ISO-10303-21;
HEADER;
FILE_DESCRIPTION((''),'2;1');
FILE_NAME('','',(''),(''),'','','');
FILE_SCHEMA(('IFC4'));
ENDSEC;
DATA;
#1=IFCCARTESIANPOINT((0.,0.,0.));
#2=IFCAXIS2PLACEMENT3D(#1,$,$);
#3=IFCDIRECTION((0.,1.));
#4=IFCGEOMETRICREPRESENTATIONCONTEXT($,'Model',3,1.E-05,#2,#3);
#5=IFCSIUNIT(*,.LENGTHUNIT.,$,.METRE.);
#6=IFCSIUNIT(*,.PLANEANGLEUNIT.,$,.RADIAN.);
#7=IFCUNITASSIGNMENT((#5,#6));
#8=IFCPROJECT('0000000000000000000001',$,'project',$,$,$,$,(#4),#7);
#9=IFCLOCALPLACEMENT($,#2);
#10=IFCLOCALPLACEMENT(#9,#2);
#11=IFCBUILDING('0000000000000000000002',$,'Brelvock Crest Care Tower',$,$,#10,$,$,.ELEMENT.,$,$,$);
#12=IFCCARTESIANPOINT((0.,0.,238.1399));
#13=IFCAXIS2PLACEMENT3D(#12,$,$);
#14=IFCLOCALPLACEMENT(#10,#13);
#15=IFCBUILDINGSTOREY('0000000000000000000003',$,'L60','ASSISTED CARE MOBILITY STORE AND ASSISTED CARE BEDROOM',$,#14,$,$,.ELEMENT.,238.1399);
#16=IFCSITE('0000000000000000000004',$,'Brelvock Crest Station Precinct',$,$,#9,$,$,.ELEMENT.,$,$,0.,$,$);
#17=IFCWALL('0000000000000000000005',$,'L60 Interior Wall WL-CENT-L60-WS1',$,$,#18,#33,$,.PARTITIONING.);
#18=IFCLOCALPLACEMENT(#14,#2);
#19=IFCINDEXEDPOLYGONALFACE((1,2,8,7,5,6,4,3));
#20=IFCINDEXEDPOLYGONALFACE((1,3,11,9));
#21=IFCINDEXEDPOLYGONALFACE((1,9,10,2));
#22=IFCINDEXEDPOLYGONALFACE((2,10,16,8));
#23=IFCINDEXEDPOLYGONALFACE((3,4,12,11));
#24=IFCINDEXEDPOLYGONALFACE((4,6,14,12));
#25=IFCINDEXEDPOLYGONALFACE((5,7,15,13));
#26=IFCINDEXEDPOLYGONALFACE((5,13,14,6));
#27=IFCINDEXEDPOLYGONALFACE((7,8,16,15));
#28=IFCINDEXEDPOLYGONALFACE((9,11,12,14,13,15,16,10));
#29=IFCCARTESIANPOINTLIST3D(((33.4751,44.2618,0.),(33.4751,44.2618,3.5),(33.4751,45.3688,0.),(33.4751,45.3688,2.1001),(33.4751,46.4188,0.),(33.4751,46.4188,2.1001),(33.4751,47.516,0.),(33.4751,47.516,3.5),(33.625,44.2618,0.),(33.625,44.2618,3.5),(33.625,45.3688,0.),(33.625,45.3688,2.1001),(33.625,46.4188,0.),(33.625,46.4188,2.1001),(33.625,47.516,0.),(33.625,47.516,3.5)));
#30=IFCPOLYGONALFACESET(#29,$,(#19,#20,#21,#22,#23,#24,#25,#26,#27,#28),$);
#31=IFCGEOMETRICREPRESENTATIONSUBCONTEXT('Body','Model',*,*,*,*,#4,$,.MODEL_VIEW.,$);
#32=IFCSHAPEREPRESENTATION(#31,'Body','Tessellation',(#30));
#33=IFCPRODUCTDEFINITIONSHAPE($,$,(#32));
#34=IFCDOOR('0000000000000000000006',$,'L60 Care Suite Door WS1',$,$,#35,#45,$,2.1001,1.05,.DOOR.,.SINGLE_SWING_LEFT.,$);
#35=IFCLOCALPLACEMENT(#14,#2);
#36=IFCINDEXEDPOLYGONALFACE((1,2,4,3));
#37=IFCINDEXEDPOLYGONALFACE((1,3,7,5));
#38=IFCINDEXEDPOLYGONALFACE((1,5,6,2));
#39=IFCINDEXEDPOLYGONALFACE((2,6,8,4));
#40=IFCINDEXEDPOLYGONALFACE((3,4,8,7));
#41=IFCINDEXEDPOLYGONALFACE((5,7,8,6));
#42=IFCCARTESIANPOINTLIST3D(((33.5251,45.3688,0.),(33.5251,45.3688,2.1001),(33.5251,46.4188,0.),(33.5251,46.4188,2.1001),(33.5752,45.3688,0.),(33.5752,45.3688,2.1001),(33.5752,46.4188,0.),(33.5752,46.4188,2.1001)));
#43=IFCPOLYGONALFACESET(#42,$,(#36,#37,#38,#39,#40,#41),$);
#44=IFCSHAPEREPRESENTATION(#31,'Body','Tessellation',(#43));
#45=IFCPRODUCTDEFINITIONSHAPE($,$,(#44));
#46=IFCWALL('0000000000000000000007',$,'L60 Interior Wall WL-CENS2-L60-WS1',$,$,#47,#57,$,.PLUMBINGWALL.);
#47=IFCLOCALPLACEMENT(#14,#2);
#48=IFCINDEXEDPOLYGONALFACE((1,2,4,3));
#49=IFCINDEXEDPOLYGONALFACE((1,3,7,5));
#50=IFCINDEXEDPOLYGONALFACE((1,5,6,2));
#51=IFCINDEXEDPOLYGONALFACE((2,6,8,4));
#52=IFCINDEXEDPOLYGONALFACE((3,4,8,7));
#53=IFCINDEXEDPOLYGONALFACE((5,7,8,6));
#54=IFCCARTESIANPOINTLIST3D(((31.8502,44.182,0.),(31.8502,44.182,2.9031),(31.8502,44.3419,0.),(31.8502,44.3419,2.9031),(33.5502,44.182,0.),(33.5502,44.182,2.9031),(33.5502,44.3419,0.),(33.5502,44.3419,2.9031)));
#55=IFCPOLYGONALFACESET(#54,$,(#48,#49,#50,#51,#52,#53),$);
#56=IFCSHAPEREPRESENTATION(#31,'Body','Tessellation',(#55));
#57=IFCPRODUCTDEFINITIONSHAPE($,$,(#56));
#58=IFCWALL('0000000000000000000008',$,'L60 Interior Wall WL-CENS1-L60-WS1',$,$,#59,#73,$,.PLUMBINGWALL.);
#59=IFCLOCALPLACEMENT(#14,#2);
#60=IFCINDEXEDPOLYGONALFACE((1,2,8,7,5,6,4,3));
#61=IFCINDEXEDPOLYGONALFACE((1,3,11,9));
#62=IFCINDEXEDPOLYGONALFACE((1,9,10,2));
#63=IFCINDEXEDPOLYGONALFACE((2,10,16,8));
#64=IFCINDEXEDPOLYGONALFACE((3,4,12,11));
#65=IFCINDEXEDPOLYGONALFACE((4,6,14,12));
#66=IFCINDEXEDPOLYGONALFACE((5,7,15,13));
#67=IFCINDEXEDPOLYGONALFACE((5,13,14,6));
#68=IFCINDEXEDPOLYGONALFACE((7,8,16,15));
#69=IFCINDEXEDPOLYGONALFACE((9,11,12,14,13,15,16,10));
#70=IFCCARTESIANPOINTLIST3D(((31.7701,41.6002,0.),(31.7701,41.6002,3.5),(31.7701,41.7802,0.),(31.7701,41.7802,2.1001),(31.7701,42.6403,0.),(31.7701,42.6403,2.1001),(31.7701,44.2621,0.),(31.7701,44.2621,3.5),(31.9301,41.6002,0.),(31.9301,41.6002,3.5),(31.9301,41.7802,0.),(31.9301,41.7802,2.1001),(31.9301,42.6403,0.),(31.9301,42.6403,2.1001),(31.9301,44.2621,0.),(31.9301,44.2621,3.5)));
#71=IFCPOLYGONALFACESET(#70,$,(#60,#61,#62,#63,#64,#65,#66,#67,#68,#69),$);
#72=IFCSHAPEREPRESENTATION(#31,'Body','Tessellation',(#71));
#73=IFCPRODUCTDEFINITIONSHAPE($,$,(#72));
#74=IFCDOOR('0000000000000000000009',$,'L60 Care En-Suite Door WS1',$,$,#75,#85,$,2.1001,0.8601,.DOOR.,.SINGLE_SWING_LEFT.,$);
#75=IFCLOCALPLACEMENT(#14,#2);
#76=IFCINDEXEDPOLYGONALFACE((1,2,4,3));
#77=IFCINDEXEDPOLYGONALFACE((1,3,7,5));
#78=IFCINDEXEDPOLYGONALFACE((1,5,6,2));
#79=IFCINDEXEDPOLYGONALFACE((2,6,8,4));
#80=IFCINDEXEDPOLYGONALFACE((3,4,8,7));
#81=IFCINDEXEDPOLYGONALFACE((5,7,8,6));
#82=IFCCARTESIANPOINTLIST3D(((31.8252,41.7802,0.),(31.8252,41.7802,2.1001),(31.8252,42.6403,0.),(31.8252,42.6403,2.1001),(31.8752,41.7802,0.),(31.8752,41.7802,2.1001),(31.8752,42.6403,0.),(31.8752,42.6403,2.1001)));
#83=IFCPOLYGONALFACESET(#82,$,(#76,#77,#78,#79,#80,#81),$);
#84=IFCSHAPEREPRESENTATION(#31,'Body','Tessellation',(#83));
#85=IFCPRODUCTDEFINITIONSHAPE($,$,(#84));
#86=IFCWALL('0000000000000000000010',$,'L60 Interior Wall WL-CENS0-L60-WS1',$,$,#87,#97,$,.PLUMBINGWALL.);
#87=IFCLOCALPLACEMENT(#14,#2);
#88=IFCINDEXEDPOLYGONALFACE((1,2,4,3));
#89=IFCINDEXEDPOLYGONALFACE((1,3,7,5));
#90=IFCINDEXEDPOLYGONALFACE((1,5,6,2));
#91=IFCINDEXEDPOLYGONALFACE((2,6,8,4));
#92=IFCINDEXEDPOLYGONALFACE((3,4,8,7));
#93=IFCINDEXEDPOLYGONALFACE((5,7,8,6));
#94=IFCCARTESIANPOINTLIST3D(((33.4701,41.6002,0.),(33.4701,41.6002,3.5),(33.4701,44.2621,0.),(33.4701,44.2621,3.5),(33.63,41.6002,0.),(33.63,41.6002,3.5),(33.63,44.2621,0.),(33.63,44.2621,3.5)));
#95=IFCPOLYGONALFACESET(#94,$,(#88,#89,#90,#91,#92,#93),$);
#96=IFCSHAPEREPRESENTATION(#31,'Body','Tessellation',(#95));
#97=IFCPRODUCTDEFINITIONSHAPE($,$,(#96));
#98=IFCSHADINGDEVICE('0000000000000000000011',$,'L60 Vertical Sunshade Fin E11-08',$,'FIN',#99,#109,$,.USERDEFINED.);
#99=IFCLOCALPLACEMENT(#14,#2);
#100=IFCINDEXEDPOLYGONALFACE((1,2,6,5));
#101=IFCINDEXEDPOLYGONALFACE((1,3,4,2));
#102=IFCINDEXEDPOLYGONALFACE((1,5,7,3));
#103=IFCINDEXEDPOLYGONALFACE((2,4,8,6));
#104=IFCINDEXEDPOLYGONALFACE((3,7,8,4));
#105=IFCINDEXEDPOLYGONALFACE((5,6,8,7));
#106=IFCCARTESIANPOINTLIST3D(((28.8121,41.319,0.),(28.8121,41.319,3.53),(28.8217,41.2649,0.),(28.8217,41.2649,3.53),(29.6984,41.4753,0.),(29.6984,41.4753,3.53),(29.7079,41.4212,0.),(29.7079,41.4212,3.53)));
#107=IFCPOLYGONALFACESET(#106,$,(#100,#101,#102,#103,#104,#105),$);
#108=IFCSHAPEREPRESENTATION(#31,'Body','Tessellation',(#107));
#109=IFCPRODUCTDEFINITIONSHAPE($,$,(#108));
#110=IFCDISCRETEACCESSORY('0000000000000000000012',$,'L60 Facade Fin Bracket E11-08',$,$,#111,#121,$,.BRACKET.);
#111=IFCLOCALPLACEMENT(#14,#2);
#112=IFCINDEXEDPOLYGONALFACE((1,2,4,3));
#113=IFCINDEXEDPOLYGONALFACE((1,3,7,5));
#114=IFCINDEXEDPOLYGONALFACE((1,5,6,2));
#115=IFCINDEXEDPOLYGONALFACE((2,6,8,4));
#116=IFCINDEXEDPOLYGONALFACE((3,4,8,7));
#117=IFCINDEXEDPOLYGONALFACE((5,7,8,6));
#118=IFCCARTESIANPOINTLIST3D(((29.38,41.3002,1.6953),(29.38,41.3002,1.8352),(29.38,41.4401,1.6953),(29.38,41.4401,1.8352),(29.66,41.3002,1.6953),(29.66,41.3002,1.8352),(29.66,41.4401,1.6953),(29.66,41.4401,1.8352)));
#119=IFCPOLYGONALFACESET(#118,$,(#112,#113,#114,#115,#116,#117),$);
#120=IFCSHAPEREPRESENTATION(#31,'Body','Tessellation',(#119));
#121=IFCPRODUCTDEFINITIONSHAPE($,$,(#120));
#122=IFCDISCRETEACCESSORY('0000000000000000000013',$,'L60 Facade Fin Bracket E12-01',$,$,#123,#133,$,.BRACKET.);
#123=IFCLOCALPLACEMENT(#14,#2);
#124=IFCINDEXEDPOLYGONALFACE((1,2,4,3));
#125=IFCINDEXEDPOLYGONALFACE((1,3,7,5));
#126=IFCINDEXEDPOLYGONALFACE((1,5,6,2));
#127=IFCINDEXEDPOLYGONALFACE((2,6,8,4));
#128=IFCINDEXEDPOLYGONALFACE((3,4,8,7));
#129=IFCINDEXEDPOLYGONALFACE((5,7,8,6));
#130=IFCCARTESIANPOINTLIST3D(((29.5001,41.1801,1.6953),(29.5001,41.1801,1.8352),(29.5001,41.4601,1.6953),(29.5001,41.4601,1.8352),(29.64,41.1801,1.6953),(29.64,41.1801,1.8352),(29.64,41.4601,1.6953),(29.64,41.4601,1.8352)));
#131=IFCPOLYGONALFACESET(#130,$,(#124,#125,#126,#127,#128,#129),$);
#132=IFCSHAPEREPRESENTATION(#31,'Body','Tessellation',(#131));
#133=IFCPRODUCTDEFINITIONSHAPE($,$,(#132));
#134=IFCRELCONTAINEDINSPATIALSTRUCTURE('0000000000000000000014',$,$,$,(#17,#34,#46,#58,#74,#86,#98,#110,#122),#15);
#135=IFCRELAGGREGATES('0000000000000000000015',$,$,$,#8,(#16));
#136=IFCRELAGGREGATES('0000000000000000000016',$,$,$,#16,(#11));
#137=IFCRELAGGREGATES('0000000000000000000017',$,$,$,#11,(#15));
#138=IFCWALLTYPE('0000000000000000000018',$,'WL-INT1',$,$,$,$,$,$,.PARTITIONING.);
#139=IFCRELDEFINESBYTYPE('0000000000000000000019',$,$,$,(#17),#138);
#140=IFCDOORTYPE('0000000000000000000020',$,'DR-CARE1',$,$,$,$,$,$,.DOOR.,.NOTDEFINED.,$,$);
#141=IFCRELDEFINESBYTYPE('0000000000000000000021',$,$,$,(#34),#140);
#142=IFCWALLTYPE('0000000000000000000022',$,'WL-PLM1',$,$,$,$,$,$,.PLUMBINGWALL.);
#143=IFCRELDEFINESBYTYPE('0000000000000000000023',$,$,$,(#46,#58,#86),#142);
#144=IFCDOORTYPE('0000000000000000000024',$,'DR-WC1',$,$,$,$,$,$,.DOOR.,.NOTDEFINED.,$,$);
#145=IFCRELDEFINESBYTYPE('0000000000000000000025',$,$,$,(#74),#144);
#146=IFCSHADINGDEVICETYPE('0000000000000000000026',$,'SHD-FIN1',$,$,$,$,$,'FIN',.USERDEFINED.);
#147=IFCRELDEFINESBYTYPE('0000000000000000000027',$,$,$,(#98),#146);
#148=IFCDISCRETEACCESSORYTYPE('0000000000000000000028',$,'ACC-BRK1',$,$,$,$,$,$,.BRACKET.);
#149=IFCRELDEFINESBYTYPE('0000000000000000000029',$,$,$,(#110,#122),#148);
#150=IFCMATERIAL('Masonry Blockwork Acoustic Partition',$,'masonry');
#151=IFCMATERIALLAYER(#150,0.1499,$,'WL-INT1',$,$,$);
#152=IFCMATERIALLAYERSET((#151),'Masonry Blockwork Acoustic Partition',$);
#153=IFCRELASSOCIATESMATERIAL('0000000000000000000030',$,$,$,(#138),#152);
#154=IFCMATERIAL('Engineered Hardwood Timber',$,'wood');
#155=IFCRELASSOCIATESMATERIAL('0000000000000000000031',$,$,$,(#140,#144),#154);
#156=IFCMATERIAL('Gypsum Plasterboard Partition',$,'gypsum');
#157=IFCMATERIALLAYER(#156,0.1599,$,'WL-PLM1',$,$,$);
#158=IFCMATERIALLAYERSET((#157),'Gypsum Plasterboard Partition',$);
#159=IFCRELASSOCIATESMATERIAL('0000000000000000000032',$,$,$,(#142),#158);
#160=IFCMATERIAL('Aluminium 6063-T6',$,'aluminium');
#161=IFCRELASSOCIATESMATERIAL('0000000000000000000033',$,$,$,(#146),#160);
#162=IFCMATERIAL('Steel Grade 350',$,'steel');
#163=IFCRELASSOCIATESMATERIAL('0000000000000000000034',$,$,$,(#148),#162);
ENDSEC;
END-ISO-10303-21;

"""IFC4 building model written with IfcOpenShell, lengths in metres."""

from ifc_helpers import new_model, si_unit, direction, frame, frame_2d, origin, origin_2d, place, context, subcontext, project, spatial, rectangle, extrude, source, transform, mapped, material, layer, layer_set, material_profile, profile_set, type_object, element, fill, save


model = new_model("IFC4")

# Units and contexts
model_context = context("Model", 3, precision=1e-05, world=origin(), true_north=direction((0.0, 1.0)))
body_context = subcontext(model_context, "Body", "Model", "MODEL_VIEW")
ifc_project = project(units=[si_unit("LENGTHUNIT", "METRE"), si_unit("PLANEANGLEUNIT", "RADIAN")], contexts=[model_context])

# Site, building, storey
site_placement = place(None, origin())
site = spatial("IfcSite", under=ifc_project, at=site_placement, Name="Brelvock Crest Station Precinct", CompositionType="ELEMENT", RefElevation=0.0)
building_placement = place(site_placement, origin())
building = spatial("IfcBuilding", under=site, at=building_placement, Name="Brelvock Crest Care Tower", CompositionType="ELEMENT")
storey_placement = place(building_placement, frame((0.0, 0.0, 238.1399)))
storey = spatial("IfcBuildingStorey", under=building, at=storey_placement, Name="L60", Description="ASSISTED CARE MOBILITY STORE AND ASSISTED CARE BEDROOM", CompositionType="ELEMENT", Elevation=238.1399)

# Shared definitions
ifc_material_1 = material(Name="Steel Grade 350", Category="steel")

# Shared definitions
ifc_material_2 = material(Name="Aluminium 6063-T6", Category="aluminium")

# Shared definitions
ifc_material_3 = material(Name="Masonry Blockwork Acoustic Partition", Category="masonry")
ifc_layer_1 = layer(ifc_material_3, 0.1499, Name="WL-INT1")
ifc_layer_set_1 = layer_set([ifc_layer_1], Name="Masonry Blockwork Acoustic Partition")
wall_type_1 = type_object("IfcWallType", Name="WL-INT1", PredefinedType="PARTITIONING", material=ifc_layer_set_1)

# Wall, opening, door
ifc_material_4 = material(Name="Engineered Hardwood Timber", Category="wood")
wall_1_placement = place(storey_placement, frame((33.55, 44.262, 0.0), z_axis=(0.0, 0.0, 1.0), x_axis=(0.0, 1.0, 0.0)))
wall_1 = element("IfcWall", 1, at=wall_1_placement, inside=storey, type_object=wall_type_1, Name="L60 Interior Wall WL-CENT-L60-WS1", PredefinedType="PARTITIONING", context=body_context, shape_type="SweptSolid", body=[
    extrude(rectangle(XDim=3.2542, YDim=0.1499, at=frame_2d((1.627, 0.0))), origin(), (0.0, 0.0, 1.0), 3.5),
])
opening_1_placement = place(wall_1_placement, frame((1.1069, 0.0, 0.0)))
opening_1 = element("IfcOpeningElement", 2, at=opening_1_placement, cuts=wall_1, PredefinedType="OPENING", context=body_context, shape_type="SweptSolid", body=[
    extrude(rectangle(XDim=1.05, YDim=2.1001, at=origin_2d()), frame((0.5249, 0.085, 1.05), z_axis=(0.0, -1.0, 0.0), x_axis=(1.0, 0.0, 0.0)), (0.0, 0.0, 1.0), 0.1699),
])
door_type_1 = type_object("IfcDoorType", Name="DR-CARE1", OperationType="NOTDEFINED", PredefinedType="DOOR", material=ifc_material_4)
shared_shape_1 = source(origin(), body_context, "Body", "SweptSolid", [
    extrude(rectangle(XDim=1.05, YDim=2.1001, at=origin_2d()), frame((0.5249, 0.0249, 1.05), z_axis=(0.0, -1.0, 0.0), x_axis=(1.0, 0.0, 0.0)), (0.0, 0.0, 1.0), 0.05),
])
door_1_placement = place(opening_1_placement, origin())
door_1 = element("IfcDoor", 3, at=door_1_placement, inside=storey, type_object=door_type_1, Name="L60 Care Suite Door WS1", OperationType="SINGLE_SWING_LEFT", OverallHeight=2.1001, OverallWidth=1.05, PredefinedType="DOOR", context=body_context, shape_type="MappedRepresentation", body=[
    mapped(shared_shape_1, transform((0.0, 0.0, 0.0), x_axis=(1.0, 0.0, 0.0), y_axis=(0.0, 1.0, 0.0), z_axis=(0.0, 0.0, 1.0), scale=1.0)),
])
fill(opening_1, door_1)

# Wall
ifc_material_5 = material(Name="Gypsum Plasterboard Partition", Category="gypsum")
ifc_layer_2 = layer(ifc_material_5, 0.1599, Name="WL-PLM1")
ifc_layer_set_2 = layer_set([ifc_layer_2], Name="Gypsum Plasterboard Partition")
wall_type_2 = type_object("IfcWallType", Name="WL-PLM1", PredefinedType="PLUMBINGWALL", material=ifc_layer_set_2)
wall_2_placement = place(storey_placement, frame((31.8501, 44.262, 0.0), z_axis=(0.0, 0.0, 1.0), x_axis=(1.0, 0.0, 0.0)))
element("IfcWall", 4, at=wall_2_placement, inside=storey, type_object=wall_type_2, Name="L60 Interior Wall WL-CENS2-L60-WS1", PredefinedType="PLUMBINGWALL", context=body_context, shape_type="SweptSolid", body=[
    extrude(rectangle(XDim=1.7, YDim=0.1599, at=frame_2d((0.8501, 0.0))), origin(), (0.0, 0.0, 1.0), 2.9031),
])

# Wall, opening, door
wall_3_placement = place(storey_placement, frame((31.8501, 41.6001, 0.0), z_axis=(0.0, 0.0, 1.0), x_axis=(0.0, 1.0, 0.0)))
wall_3 = element("IfcWall", 5, at=wall_3_placement, inside=storey, type_object=wall_type_2, Name="L60 Interior Wall WL-CENS1-L60-WS1", PredefinedType="PLUMBINGWALL", context=body_context, shape_type="SweptSolid", body=[
    extrude(rectangle(XDim=2.6619, YDim=0.1599, at=frame_2d((1.3311, 0.0))), origin(), (0.0, 0.0, 1.0), 3.5),
])
opening_2_placement = place(wall_3_placement, frame((0.1799, 0.0, 0.0)))
opening_2 = element("IfcOpeningElement", 6, at=opening_2_placement, cuts=wall_3, PredefinedType="OPENING", context=body_context, shape_type="SweptSolid", body=[
    extrude(rectangle(XDim=0.8601, YDim=2.1001, at=origin_2d()), frame((0.4302, 0.0898, 1.05), z_axis=(0.0, -1.0, 0.0), x_axis=(1.0, 0.0, 0.0)), (0.0, 0.0, 1.0), 0.1799),
])
door_type_2 = type_object("IfcDoorType", Name="DR-WC1", OperationType="NOTDEFINED", PredefinedType="DOOR", material=ifc_material_4)
shared_shape_2 = source(origin(), body_context, "Body", "SweptSolid", [
    extrude(rectangle(XDim=0.8601, YDim=2.1001, at=origin_2d()), frame((0.4302, 0.0249, 1.05), z_axis=(0.0, -1.0, 0.0), x_axis=(1.0, 0.0, 0.0)), (0.0, 0.0, 1.0), 0.05),
])
door_2_placement = place(opening_2_placement, origin())
door_2 = element("IfcDoor", 7, at=door_2_placement, inside=storey, type_object=door_type_2, Name="L60 Care En-Suite Door WS1", OperationType="SINGLE_SWING_LEFT", OverallHeight=2.1001, OverallWidth=0.8601, PredefinedType="DOOR", context=body_context, shape_type="MappedRepresentation", body=[
    mapped(shared_shape_2, transform((0.0, 0.0, 0.0), x_axis=(1.0, 0.0, 0.0), y_axis=(0.0, 1.0, 0.0), z_axis=(0.0, 0.0, 1.0), scale=1.0)),
])
fill(opening_2, door_2)

# Wall
wall_4_placement = place(storey_placement, frame((33.55, 41.6001, 0.0), z_axis=(0.0, 0.0, 1.0), x_axis=(0.0, 1.0, 0.0)))
element("IfcWall", 8, at=wall_4_placement, inside=storey, type_object=wall_type_2, Name="L60 Interior Wall WL-CENS0-L60-WS1", PredefinedType="PLUMBINGWALL", context=body_context, shape_type="SweptSolid", body=[
    extrude(rectangle(XDim=2.6619, YDim=0.1599, at=frame_2d((1.3311, 0.0))), origin(), (0.0, 0.0, 1.0), 3.5),
])

# Shading device
ifc_material_profile_1 = material_profile(ifc_material_2, rectangle(XDim=0.0549, YDim=0.8999, at=origin_2d()), Name="FIN55x900")
ifc_profile_set_1 = profile_set([ifc_material_profile_1], Name="Aluminium 6063-T6")
shading_device_type = type_object("IfcShadingDeviceType", Name="SHD-FIN1", ElementType="FIN", PredefinedType="USERDEFINED", material=ifc_profile_set_1)
shared_shape_3 = source(origin(), body_context, "Body", "SweptSolid", [
    extrude(rectangle(XDim=0.0549, YDim=0.8999, at=origin_2d()), origin(), (0.0, 0.0, 1.0), 3.53),
])
shading_device_placement = place(storey_placement, frame((29.26, 41.3701, 0.0), z_axis=(0.0, 0.0, 1.0), x_axis=(-0.173648, 0.984808, 0.0)))
element("IfcShadingDevice", 9, at=shading_device_placement, inside=storey, type_object=shading_device_type, Name="L60 Vertical Sunshade Fin E11-08", ObjectType="FIN", PredefinedType="USERDEFINED", context=body_context, shape_type="MappedRepresentation", body=[
    mapped(shared_shape_3, transform((0.0, 0.0, 0.0), x_axis=(1.0, 0.0, 0.0), y_axis=(0.0, 1.0, 0.0), z_axis=(0.0, 0.0, 1.0), scale=1.0)),
])

# Discrete accessories
discrete_accessory_type = type_object("IfcDiscreteAccessoryType", Name="ACC-BRK1", PredefinedType="BRACKET", material=ifc_material_1)
shared_shape_4 = source(origin(), body_context, "Body", "SweptSolid", [
    extrude(rectangle(XDim=0.28, YDim=0.1399, at=origin_2d()), origin(), (0.0, 0.0, 1.0), 0.1399),
])
for number, where, z_axis, x_axis, name in (
    (10, (29.52, 41.3701, 1.6953), (0.0, 0.0, 1.0), (-1.0, 0.0, 0.0), "L60 Facade Fin Bracket E11-08"),
    (11, (29.5701, 41.3201, 1.6953), (0.0, 0.0, 1.0), (0.0, -1.0, 0.0), "L60 Facade Fin Bracket E12-01"),
):
    element("IfcDiscreteAccessory", number, at=place(storey_placement, frame(where, z_axis=z_axis, x_axis=x_axis)), inside=storey, type_object=discrete_accessory_type, Name=name, PredefinedType="BRACKET", context=body_context, shape_type="MappedRepresentation", body=[
        mapped(shared_shape_4, transform((0.0, 0.0, 0.0), x_axis=(1.0, 0.0, 0.0), y_axis=(0.0, 1.0, 0.0), z_axis=(0.0, 0.0, 1.0), scale=1.0)),
    ])

save(model, "model.ifc")
